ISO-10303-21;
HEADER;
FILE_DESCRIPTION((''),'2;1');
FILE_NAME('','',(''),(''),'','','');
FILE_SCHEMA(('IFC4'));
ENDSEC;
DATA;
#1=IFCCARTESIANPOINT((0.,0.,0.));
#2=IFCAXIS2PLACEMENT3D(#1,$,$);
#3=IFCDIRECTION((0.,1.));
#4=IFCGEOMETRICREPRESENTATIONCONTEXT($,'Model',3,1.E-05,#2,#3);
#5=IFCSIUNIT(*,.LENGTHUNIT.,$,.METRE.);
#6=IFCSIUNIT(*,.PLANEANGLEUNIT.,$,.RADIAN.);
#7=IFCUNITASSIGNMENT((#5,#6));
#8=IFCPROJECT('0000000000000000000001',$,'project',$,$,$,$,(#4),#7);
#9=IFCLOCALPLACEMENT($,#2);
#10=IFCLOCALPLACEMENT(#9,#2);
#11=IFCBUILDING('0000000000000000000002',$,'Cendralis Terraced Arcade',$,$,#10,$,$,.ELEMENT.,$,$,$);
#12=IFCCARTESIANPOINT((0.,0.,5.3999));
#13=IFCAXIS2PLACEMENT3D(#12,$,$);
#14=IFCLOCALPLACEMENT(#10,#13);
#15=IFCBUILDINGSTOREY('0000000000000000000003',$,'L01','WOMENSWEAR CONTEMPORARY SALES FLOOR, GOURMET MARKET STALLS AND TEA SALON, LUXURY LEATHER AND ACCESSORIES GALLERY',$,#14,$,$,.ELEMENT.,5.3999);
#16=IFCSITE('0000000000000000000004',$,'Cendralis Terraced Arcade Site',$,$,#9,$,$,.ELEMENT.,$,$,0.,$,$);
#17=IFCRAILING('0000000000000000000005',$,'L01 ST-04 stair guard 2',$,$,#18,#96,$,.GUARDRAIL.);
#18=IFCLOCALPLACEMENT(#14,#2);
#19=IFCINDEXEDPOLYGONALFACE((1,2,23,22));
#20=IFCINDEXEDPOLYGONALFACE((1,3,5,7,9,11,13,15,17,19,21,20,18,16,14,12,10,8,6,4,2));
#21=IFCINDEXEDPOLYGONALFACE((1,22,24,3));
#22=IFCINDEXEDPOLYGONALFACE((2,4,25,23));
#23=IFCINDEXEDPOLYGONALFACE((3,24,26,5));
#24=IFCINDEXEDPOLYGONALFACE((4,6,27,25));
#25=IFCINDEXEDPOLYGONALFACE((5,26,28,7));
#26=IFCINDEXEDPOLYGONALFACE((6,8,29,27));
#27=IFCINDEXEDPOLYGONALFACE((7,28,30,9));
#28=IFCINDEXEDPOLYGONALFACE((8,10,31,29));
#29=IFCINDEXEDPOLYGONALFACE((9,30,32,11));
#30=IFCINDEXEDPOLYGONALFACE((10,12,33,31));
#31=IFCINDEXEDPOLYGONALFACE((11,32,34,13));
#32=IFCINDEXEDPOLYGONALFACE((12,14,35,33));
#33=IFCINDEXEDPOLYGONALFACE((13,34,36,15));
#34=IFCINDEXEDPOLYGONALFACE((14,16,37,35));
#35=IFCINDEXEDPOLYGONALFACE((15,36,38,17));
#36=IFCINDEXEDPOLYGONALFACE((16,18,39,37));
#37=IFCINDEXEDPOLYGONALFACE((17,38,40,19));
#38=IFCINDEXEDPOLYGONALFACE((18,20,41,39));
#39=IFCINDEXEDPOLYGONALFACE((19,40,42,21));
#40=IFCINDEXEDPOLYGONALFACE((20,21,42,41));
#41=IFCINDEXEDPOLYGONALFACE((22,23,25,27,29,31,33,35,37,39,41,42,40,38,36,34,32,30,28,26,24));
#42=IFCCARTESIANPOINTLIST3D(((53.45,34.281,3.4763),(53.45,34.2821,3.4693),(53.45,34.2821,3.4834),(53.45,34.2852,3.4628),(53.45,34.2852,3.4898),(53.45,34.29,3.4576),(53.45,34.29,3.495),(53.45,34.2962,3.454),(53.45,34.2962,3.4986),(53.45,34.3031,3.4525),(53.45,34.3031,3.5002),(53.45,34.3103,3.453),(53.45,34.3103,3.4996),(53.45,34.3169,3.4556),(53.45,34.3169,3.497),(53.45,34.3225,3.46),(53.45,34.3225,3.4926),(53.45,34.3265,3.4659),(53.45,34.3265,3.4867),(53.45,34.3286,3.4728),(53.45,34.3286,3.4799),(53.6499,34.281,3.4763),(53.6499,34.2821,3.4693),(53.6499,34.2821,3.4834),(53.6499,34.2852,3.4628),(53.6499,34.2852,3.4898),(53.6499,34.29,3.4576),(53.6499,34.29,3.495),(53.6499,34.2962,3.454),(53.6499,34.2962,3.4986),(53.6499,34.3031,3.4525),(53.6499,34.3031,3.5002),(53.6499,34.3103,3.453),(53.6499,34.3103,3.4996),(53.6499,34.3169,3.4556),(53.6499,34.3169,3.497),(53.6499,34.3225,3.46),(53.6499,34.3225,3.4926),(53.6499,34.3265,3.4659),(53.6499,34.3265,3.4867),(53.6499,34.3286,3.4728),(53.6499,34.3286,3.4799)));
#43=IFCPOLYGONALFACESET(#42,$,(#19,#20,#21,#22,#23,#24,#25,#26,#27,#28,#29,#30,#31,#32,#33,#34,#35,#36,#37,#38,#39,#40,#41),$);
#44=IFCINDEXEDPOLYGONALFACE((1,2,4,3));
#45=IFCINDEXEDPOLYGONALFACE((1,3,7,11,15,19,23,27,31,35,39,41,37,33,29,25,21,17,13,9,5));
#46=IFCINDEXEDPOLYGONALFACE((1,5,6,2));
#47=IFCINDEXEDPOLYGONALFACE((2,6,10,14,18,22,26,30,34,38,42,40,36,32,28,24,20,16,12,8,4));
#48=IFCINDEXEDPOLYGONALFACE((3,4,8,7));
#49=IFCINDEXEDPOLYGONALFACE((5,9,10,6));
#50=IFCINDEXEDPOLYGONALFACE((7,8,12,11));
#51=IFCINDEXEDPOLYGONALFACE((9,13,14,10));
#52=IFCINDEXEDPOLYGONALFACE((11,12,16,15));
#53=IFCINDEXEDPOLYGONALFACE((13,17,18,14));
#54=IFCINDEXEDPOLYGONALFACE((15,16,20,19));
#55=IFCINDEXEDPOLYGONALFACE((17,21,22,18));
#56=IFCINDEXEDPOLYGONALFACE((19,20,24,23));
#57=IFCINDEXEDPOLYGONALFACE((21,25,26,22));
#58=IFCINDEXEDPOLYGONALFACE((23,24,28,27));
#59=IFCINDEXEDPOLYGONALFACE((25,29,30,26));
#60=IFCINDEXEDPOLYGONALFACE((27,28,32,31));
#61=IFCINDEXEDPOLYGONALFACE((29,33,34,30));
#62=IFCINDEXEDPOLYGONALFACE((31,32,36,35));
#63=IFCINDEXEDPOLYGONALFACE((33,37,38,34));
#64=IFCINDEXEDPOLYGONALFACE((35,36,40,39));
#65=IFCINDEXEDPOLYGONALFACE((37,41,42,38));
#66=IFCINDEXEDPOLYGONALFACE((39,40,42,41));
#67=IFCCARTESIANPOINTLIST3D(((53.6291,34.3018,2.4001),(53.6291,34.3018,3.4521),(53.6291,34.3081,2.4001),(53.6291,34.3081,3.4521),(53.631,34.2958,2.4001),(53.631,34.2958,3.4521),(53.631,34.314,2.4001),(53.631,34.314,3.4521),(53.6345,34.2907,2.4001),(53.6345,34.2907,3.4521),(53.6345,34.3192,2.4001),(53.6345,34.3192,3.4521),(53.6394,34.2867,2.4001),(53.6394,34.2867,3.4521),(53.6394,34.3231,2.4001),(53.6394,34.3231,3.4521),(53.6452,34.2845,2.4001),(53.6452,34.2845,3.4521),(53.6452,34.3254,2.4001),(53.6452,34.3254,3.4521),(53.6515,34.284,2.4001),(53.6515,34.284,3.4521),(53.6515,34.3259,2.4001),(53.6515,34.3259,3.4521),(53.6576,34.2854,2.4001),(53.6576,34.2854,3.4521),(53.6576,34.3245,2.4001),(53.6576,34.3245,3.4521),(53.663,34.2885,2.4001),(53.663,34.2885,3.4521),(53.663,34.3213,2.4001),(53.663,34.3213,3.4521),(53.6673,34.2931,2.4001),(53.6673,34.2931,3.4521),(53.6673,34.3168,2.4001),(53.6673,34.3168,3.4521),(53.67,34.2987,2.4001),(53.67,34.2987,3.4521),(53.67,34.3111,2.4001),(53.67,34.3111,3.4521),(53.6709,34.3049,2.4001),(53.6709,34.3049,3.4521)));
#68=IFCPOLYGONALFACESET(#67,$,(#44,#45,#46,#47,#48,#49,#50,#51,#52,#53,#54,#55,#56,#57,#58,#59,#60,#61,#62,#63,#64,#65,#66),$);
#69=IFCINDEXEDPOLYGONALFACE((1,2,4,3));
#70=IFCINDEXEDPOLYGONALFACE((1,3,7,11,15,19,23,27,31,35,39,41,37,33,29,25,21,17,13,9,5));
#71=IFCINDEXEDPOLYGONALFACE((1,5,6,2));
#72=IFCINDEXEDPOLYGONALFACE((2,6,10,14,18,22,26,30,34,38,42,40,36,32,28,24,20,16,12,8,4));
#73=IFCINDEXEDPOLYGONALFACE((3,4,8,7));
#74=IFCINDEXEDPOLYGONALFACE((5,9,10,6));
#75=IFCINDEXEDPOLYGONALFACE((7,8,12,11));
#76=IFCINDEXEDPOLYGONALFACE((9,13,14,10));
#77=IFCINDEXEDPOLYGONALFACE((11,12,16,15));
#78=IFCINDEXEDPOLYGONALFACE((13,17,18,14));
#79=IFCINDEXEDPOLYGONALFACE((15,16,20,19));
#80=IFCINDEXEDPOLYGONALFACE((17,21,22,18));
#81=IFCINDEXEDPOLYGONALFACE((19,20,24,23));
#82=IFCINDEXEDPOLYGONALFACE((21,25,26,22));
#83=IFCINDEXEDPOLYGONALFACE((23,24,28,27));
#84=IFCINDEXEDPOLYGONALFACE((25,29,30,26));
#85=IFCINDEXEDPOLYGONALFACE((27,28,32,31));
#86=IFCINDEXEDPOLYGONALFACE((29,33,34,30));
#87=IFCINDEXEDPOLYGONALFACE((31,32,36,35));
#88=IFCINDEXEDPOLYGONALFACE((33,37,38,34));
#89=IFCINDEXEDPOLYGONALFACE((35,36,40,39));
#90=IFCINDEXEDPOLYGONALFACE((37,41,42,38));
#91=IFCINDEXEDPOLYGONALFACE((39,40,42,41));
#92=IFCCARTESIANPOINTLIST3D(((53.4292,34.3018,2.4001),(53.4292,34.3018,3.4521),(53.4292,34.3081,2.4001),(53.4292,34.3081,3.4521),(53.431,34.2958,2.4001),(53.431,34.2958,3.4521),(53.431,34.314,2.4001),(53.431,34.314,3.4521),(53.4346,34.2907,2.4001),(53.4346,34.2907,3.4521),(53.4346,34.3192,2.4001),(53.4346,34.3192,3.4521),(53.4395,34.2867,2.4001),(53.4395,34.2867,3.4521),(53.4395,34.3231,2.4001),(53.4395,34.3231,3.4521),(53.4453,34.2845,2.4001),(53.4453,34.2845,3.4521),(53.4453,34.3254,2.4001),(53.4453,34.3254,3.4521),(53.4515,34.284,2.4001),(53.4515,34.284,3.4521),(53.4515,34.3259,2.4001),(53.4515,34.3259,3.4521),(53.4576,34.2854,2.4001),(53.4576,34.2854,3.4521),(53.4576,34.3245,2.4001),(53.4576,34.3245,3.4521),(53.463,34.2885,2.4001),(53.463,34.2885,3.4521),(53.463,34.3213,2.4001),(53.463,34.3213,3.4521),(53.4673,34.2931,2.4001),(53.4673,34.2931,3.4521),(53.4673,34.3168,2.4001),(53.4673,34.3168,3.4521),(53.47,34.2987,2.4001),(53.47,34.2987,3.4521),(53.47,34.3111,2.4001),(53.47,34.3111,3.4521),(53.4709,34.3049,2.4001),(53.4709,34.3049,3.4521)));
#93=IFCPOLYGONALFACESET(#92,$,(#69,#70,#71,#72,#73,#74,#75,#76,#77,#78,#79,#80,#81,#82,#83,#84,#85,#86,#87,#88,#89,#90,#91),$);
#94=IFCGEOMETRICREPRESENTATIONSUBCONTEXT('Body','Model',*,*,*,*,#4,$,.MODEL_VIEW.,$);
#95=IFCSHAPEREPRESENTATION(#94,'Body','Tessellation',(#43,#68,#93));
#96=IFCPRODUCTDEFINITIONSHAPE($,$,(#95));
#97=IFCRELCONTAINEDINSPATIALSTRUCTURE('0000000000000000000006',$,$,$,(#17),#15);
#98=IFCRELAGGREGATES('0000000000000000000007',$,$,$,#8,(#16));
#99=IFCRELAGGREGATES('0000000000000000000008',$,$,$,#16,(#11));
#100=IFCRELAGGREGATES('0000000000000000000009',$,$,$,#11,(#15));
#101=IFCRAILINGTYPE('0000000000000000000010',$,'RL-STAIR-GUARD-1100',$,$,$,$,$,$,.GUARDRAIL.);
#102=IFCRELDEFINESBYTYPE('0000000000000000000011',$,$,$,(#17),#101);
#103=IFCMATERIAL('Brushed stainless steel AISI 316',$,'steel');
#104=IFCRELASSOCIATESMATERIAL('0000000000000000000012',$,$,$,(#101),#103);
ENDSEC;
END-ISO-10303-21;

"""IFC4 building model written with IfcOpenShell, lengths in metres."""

from ifc_helpers import new_model, si_unit, direction, frame, origin, origin_2d, place, context, subcontext, project, spatial, circle, extrude, material, type_object, element, save


model = new_model("IFC4")

# Units and contexts
model_context = context("Model", 3, precision=1e-05, world=origin(), true_north=direction((0.0, 1.0)))
body_context = subcontext(model_context, "Body", "Model", "MODEL_VIEW")
ifc_project = project(units=[si_unit("LENGTHUNIT", "METRE"), si_unit("PLANEANGLEUNIT", "RADIAN")], contexts=[model_context])

# Site, building, storey
site_placement = place(None, origin())
site = spatial("IfcSite", under=ifc_project, at=site_placement, Name="Cendralis Terraced Arcade Site", CompositionType="ELEMENT", RefElevation=0.0)
building_placement = place(site_placement, origin())
building = spatial("IfcBuilding", under=site, at=building_placement, Name="Cendralis Terraced Arcade", CompositionType="ELEMENT")
storey_placement = place(building_placement, frame((0.0, 0.0, 5.3999)))
storey = spatial("IfcBuildingStorey", under=building, at=storey_placement, Name="L01", Description="WOMENSWEAR CONTEMPORARY SALES FLOOR, GOURMET MARKET STALLS AND TEA SALON, LUXURY LEATHER AND ACCESSORIES GALLERY", CompositionType="ELEMENT", Elevation=5.3999)

# Railing
ifc_material_1 = material(Name="Brushed stainless steel AISI 316", Category="steel")
railing_type_1 = type_object("IfcRailingType", Name="RL-STAIR-GUARD-1100", PredefinedType="GUARDRAIL", material=ifc_material_1)
railing_1_placement = place(storey_placement, frame((53.6499, 34.3049, 2.4001)))
element("IfcRailing", 1, at=railing_1_placement, inside=storey, type_object=railing_type_1, Name="L01 ST-04 stair guard 2", PredefinedType="GUARDRAIL", context=body_context, shape_type="SweptSolid", body=[
    extrude(circle(Radius=0.0239, at=origin_2d()), frame((0.0, 0.0, 1.0762), z_axis=(-1.0, 0.0, 0.0), x_axis=(0.0, -1.0, 0.0)), (0.0, 0.0, 1.0), 0.2),
    extrude(circle(Radius=0.021, at=origin_2d()), origin(), (0.0, 0.0, 1.0), 1.052),
    extrude(circle(Radius=0.021, at=origin_2d()), frame((-0.2, 0.0, 0.0)), (0.0, 0.0, 1.0), 1.052),
])

save(model, "model.ifc")
